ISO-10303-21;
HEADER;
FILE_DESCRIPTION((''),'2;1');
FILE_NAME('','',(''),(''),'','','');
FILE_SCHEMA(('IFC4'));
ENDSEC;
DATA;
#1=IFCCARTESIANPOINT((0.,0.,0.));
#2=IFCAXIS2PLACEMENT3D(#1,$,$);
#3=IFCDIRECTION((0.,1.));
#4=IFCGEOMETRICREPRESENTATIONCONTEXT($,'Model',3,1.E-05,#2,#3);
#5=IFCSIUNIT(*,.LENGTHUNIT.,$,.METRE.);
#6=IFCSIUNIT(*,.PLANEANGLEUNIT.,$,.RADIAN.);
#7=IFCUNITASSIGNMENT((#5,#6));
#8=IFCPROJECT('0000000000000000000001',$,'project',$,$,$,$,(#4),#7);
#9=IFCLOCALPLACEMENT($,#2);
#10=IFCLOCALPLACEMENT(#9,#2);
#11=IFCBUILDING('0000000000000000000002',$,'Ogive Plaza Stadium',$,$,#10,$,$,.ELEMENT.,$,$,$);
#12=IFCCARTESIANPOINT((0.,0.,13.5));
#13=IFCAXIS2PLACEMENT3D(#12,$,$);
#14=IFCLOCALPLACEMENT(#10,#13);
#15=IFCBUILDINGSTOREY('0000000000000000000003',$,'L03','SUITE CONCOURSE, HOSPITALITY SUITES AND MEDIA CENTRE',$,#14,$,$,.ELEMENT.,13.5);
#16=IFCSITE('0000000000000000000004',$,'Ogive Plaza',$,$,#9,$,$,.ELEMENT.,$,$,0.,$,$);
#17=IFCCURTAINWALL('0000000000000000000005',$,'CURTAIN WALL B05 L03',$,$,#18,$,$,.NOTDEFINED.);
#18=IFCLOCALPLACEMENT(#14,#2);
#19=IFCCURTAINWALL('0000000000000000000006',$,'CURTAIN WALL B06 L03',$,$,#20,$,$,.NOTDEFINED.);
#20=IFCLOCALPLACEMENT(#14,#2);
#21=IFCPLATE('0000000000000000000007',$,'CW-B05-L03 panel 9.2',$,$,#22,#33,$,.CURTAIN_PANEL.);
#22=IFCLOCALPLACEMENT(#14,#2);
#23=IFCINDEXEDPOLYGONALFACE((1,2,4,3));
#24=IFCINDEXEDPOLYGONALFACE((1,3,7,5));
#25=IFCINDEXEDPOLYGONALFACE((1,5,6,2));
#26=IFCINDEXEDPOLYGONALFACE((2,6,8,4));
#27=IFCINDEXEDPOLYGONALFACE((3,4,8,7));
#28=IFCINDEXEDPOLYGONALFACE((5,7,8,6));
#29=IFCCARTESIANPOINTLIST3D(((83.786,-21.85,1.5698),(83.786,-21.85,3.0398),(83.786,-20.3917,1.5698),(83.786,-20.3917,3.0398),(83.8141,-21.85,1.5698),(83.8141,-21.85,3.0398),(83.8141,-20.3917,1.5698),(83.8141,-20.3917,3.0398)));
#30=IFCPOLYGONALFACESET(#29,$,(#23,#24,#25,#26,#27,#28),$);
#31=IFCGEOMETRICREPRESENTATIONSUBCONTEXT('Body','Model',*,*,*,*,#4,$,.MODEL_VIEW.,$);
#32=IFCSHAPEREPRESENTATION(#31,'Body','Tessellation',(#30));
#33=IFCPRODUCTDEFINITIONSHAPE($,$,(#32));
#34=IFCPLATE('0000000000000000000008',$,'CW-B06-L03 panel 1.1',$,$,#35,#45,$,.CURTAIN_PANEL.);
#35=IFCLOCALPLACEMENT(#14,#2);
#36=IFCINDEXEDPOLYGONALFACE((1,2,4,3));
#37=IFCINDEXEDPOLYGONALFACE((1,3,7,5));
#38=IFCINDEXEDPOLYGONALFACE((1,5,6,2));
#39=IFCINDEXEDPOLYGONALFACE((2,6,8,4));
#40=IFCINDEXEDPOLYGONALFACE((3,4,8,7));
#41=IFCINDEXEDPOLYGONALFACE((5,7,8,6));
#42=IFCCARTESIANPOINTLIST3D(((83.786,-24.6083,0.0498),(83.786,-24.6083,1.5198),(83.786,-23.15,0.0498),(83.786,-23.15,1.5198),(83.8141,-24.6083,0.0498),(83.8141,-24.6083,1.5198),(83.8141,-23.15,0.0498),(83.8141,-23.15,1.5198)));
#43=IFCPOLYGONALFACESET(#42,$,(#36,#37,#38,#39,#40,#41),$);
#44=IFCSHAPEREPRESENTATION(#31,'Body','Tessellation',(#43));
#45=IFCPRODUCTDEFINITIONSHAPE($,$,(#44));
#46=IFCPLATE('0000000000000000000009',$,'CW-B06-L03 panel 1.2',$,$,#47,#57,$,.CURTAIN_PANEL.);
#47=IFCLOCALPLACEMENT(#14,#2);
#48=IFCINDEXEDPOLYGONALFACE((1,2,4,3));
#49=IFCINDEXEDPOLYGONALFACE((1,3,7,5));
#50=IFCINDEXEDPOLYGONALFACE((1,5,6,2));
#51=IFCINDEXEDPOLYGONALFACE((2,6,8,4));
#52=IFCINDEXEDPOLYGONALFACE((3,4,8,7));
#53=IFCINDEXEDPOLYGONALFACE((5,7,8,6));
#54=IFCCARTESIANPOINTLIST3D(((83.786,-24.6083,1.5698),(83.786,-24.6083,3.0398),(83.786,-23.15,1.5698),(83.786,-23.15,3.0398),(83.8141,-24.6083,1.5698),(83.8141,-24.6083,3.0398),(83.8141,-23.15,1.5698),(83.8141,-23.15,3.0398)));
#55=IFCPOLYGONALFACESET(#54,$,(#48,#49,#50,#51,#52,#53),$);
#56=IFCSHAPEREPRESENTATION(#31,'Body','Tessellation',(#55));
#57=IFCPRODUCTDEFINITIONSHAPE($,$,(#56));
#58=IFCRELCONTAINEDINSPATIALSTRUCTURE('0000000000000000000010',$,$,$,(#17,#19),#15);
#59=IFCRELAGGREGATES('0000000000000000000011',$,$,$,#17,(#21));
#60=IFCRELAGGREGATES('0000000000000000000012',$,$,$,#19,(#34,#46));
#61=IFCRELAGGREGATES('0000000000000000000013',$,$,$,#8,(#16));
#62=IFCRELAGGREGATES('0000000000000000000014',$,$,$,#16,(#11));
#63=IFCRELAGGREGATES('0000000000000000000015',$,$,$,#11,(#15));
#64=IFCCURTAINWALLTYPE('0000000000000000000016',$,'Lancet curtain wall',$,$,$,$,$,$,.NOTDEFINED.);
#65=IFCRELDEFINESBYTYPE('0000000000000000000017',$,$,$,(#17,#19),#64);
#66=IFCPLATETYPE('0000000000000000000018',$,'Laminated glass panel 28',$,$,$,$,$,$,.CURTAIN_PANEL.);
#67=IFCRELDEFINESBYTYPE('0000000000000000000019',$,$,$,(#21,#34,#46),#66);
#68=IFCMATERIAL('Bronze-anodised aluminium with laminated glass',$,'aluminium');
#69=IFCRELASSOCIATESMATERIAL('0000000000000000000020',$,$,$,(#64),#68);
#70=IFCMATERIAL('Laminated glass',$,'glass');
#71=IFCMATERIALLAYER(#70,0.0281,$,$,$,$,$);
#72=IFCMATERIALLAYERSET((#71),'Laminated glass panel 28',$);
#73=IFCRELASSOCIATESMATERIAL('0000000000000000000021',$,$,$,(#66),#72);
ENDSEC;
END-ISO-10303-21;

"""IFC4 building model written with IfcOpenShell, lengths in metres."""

from ifc_helpers import new_model, si_unit, direction, frame, origin, origin_2d, place, context, subcontext, project, spatial, rectangle, extrude, material, layer, layer_set, type_object, element, aggregate, save


model = new_model("IFC4")

# Units and contexts
model_context = context("Model", 3, precision=1e-05, world=origin(), true_north=direction((0.0, 1.0)))
body_context = subcontext(model_context, "Body", "Model", "MODEL_VIEW")
ifc_project = project(units=[si_unit("LENGTHUNIT", "METRE"), si_unit("PLANEANGLEUNIT", "RADIAN")], contexts=[model_context])

# Site, building, storey
site_placement = place(None, origin())
site = spatial("IfcSite", under=ifc_project, at=site_placement, Name="Ogive Plaza", CompositionType="ELEMENT", RefElevation=0.0)
building_placement = place(site_placement, origin())
building = spatial("IfcBuilding", under=site, at=building_placement, Name="Ogive Plaza Stadium", CompositionType="ELEMENT")
storey_placement = place(building_placement, frame((0.0, 0.0, 13.5)))
storey = spatial("IfcBuildingStorey", under=building, at=storey_placement, Name="L03", Description="SUITE CONCOURSE, HOSPITALITY SUITES AND MEDIA CENTRE", CompositionType="ELEMENT", Elevation=13.5)

# Curtain walls
ifc_material_1 = material(Name="Bronze-anodised aluminium with laminated glass", Category="aluminium")
curtain_wall_type = type_object("IfcCurtainWallType", Name="Lancet curtain wall", PredefinedType="NOTDEFINED", material=ifc_material_1)
curtain_wall_1_placement = place(storey_placement, origin())
curtain_wall_1 = element("IfcCurtainWall", 1, at=curtain_wall_1_placement, inside=storey, type_object=curtain_wall_type, Name="CURTAIN WALL B05 L03", PredefinedType="NOTDEFINED")
curtain_wall_2_placement = place(storey_placement, origin())
curtain_wall_2 = element("IfcCurtainWall", 2, at=curtain_wall_2_placement, inside=storey, type_object=curtain_wall_type, Name="CURTAIN WALL B06 L03", PredefinedType="NOTDEFINED")

# Plates
ifc_material_2 = material(Name="Laminated glass", Category="glass")
ifc_layer = layer(ifc_material_2, 0.0281)
ifc_layer_set = layer_set([ifc_layer], Name="Laminated glass panel 28")
plate_type = type_object("IfcPlateType", Name="Laminated glass panel 28", PredefinedType="CURTAIN_PANEL", material=ifc_layer_set)
plate_1_placement = place(storey_placement, frame((83.8, -21.1208, 1.5698), z_axis=(0.0, 0.0, 1.0), x_axis=(0.0, -1.0, 0.0)))
plate_1 = element("IfcPlate", 3, at=plate_1_placement, type_object=plate_type, Name="CW-B05-L03 panel 9.2", PredefinedType="CURTAIN_PANEL", context=body_context, shape_type="SweptSolid", body=[
    extrude(rectangle(XDim=1.4583, YDim=0.0281, at=origin_2d()), origin(), (0.0, 0.0, 1.0), 1.47),
])
aggregate(curtain_wall_1, [plate_1])
plate_2_placement = place(storey_placement, frame((83.8, -23.8792, 0.0498), z_axis=(0.0, 0.0, 1.0), x_axis=(0.0, -1.0, 0.0)))
plate_2 = element("IfcPlate", 4, at=plate_2_placement, type_object=plate_type, Name="CW-B06-L03 panel 1.1", PredefinedType="CURTAIN_PANEL", context=body_context, shape_type="SweptSolid", body=[
    extrude(rectangle(XDim=1.4583, YDim=0.0281, at=origin_2d()), origin(), (0.0, 0.0, 1.0), 1.47),
])
plate_3_placement = place(storey_placement, frame((83.8, -23.8792, 1.5698), z_axis=(0.0, 0.0, 1.0), x_axis=(0.0, -1.0, 0.0)))
plate_3 = element("IfcPlate", 5, at=plate_3_placement, type_object=plate_type, Name="CW-B06-L03 panel 1.2", PredefinedType="CURTAIN_PANEL", context=body_context, shape_type="SweptSolid", body=[
    extrude(rectangle(XDim=1.4583, YDim=0.0281, at=origin_2d()), origin(), (0.0, 0.0, 1.0), 1.47),
])
aggregate(curtain_wall_2, [plate_2, plate_3])

save(model, "model.ifc")
